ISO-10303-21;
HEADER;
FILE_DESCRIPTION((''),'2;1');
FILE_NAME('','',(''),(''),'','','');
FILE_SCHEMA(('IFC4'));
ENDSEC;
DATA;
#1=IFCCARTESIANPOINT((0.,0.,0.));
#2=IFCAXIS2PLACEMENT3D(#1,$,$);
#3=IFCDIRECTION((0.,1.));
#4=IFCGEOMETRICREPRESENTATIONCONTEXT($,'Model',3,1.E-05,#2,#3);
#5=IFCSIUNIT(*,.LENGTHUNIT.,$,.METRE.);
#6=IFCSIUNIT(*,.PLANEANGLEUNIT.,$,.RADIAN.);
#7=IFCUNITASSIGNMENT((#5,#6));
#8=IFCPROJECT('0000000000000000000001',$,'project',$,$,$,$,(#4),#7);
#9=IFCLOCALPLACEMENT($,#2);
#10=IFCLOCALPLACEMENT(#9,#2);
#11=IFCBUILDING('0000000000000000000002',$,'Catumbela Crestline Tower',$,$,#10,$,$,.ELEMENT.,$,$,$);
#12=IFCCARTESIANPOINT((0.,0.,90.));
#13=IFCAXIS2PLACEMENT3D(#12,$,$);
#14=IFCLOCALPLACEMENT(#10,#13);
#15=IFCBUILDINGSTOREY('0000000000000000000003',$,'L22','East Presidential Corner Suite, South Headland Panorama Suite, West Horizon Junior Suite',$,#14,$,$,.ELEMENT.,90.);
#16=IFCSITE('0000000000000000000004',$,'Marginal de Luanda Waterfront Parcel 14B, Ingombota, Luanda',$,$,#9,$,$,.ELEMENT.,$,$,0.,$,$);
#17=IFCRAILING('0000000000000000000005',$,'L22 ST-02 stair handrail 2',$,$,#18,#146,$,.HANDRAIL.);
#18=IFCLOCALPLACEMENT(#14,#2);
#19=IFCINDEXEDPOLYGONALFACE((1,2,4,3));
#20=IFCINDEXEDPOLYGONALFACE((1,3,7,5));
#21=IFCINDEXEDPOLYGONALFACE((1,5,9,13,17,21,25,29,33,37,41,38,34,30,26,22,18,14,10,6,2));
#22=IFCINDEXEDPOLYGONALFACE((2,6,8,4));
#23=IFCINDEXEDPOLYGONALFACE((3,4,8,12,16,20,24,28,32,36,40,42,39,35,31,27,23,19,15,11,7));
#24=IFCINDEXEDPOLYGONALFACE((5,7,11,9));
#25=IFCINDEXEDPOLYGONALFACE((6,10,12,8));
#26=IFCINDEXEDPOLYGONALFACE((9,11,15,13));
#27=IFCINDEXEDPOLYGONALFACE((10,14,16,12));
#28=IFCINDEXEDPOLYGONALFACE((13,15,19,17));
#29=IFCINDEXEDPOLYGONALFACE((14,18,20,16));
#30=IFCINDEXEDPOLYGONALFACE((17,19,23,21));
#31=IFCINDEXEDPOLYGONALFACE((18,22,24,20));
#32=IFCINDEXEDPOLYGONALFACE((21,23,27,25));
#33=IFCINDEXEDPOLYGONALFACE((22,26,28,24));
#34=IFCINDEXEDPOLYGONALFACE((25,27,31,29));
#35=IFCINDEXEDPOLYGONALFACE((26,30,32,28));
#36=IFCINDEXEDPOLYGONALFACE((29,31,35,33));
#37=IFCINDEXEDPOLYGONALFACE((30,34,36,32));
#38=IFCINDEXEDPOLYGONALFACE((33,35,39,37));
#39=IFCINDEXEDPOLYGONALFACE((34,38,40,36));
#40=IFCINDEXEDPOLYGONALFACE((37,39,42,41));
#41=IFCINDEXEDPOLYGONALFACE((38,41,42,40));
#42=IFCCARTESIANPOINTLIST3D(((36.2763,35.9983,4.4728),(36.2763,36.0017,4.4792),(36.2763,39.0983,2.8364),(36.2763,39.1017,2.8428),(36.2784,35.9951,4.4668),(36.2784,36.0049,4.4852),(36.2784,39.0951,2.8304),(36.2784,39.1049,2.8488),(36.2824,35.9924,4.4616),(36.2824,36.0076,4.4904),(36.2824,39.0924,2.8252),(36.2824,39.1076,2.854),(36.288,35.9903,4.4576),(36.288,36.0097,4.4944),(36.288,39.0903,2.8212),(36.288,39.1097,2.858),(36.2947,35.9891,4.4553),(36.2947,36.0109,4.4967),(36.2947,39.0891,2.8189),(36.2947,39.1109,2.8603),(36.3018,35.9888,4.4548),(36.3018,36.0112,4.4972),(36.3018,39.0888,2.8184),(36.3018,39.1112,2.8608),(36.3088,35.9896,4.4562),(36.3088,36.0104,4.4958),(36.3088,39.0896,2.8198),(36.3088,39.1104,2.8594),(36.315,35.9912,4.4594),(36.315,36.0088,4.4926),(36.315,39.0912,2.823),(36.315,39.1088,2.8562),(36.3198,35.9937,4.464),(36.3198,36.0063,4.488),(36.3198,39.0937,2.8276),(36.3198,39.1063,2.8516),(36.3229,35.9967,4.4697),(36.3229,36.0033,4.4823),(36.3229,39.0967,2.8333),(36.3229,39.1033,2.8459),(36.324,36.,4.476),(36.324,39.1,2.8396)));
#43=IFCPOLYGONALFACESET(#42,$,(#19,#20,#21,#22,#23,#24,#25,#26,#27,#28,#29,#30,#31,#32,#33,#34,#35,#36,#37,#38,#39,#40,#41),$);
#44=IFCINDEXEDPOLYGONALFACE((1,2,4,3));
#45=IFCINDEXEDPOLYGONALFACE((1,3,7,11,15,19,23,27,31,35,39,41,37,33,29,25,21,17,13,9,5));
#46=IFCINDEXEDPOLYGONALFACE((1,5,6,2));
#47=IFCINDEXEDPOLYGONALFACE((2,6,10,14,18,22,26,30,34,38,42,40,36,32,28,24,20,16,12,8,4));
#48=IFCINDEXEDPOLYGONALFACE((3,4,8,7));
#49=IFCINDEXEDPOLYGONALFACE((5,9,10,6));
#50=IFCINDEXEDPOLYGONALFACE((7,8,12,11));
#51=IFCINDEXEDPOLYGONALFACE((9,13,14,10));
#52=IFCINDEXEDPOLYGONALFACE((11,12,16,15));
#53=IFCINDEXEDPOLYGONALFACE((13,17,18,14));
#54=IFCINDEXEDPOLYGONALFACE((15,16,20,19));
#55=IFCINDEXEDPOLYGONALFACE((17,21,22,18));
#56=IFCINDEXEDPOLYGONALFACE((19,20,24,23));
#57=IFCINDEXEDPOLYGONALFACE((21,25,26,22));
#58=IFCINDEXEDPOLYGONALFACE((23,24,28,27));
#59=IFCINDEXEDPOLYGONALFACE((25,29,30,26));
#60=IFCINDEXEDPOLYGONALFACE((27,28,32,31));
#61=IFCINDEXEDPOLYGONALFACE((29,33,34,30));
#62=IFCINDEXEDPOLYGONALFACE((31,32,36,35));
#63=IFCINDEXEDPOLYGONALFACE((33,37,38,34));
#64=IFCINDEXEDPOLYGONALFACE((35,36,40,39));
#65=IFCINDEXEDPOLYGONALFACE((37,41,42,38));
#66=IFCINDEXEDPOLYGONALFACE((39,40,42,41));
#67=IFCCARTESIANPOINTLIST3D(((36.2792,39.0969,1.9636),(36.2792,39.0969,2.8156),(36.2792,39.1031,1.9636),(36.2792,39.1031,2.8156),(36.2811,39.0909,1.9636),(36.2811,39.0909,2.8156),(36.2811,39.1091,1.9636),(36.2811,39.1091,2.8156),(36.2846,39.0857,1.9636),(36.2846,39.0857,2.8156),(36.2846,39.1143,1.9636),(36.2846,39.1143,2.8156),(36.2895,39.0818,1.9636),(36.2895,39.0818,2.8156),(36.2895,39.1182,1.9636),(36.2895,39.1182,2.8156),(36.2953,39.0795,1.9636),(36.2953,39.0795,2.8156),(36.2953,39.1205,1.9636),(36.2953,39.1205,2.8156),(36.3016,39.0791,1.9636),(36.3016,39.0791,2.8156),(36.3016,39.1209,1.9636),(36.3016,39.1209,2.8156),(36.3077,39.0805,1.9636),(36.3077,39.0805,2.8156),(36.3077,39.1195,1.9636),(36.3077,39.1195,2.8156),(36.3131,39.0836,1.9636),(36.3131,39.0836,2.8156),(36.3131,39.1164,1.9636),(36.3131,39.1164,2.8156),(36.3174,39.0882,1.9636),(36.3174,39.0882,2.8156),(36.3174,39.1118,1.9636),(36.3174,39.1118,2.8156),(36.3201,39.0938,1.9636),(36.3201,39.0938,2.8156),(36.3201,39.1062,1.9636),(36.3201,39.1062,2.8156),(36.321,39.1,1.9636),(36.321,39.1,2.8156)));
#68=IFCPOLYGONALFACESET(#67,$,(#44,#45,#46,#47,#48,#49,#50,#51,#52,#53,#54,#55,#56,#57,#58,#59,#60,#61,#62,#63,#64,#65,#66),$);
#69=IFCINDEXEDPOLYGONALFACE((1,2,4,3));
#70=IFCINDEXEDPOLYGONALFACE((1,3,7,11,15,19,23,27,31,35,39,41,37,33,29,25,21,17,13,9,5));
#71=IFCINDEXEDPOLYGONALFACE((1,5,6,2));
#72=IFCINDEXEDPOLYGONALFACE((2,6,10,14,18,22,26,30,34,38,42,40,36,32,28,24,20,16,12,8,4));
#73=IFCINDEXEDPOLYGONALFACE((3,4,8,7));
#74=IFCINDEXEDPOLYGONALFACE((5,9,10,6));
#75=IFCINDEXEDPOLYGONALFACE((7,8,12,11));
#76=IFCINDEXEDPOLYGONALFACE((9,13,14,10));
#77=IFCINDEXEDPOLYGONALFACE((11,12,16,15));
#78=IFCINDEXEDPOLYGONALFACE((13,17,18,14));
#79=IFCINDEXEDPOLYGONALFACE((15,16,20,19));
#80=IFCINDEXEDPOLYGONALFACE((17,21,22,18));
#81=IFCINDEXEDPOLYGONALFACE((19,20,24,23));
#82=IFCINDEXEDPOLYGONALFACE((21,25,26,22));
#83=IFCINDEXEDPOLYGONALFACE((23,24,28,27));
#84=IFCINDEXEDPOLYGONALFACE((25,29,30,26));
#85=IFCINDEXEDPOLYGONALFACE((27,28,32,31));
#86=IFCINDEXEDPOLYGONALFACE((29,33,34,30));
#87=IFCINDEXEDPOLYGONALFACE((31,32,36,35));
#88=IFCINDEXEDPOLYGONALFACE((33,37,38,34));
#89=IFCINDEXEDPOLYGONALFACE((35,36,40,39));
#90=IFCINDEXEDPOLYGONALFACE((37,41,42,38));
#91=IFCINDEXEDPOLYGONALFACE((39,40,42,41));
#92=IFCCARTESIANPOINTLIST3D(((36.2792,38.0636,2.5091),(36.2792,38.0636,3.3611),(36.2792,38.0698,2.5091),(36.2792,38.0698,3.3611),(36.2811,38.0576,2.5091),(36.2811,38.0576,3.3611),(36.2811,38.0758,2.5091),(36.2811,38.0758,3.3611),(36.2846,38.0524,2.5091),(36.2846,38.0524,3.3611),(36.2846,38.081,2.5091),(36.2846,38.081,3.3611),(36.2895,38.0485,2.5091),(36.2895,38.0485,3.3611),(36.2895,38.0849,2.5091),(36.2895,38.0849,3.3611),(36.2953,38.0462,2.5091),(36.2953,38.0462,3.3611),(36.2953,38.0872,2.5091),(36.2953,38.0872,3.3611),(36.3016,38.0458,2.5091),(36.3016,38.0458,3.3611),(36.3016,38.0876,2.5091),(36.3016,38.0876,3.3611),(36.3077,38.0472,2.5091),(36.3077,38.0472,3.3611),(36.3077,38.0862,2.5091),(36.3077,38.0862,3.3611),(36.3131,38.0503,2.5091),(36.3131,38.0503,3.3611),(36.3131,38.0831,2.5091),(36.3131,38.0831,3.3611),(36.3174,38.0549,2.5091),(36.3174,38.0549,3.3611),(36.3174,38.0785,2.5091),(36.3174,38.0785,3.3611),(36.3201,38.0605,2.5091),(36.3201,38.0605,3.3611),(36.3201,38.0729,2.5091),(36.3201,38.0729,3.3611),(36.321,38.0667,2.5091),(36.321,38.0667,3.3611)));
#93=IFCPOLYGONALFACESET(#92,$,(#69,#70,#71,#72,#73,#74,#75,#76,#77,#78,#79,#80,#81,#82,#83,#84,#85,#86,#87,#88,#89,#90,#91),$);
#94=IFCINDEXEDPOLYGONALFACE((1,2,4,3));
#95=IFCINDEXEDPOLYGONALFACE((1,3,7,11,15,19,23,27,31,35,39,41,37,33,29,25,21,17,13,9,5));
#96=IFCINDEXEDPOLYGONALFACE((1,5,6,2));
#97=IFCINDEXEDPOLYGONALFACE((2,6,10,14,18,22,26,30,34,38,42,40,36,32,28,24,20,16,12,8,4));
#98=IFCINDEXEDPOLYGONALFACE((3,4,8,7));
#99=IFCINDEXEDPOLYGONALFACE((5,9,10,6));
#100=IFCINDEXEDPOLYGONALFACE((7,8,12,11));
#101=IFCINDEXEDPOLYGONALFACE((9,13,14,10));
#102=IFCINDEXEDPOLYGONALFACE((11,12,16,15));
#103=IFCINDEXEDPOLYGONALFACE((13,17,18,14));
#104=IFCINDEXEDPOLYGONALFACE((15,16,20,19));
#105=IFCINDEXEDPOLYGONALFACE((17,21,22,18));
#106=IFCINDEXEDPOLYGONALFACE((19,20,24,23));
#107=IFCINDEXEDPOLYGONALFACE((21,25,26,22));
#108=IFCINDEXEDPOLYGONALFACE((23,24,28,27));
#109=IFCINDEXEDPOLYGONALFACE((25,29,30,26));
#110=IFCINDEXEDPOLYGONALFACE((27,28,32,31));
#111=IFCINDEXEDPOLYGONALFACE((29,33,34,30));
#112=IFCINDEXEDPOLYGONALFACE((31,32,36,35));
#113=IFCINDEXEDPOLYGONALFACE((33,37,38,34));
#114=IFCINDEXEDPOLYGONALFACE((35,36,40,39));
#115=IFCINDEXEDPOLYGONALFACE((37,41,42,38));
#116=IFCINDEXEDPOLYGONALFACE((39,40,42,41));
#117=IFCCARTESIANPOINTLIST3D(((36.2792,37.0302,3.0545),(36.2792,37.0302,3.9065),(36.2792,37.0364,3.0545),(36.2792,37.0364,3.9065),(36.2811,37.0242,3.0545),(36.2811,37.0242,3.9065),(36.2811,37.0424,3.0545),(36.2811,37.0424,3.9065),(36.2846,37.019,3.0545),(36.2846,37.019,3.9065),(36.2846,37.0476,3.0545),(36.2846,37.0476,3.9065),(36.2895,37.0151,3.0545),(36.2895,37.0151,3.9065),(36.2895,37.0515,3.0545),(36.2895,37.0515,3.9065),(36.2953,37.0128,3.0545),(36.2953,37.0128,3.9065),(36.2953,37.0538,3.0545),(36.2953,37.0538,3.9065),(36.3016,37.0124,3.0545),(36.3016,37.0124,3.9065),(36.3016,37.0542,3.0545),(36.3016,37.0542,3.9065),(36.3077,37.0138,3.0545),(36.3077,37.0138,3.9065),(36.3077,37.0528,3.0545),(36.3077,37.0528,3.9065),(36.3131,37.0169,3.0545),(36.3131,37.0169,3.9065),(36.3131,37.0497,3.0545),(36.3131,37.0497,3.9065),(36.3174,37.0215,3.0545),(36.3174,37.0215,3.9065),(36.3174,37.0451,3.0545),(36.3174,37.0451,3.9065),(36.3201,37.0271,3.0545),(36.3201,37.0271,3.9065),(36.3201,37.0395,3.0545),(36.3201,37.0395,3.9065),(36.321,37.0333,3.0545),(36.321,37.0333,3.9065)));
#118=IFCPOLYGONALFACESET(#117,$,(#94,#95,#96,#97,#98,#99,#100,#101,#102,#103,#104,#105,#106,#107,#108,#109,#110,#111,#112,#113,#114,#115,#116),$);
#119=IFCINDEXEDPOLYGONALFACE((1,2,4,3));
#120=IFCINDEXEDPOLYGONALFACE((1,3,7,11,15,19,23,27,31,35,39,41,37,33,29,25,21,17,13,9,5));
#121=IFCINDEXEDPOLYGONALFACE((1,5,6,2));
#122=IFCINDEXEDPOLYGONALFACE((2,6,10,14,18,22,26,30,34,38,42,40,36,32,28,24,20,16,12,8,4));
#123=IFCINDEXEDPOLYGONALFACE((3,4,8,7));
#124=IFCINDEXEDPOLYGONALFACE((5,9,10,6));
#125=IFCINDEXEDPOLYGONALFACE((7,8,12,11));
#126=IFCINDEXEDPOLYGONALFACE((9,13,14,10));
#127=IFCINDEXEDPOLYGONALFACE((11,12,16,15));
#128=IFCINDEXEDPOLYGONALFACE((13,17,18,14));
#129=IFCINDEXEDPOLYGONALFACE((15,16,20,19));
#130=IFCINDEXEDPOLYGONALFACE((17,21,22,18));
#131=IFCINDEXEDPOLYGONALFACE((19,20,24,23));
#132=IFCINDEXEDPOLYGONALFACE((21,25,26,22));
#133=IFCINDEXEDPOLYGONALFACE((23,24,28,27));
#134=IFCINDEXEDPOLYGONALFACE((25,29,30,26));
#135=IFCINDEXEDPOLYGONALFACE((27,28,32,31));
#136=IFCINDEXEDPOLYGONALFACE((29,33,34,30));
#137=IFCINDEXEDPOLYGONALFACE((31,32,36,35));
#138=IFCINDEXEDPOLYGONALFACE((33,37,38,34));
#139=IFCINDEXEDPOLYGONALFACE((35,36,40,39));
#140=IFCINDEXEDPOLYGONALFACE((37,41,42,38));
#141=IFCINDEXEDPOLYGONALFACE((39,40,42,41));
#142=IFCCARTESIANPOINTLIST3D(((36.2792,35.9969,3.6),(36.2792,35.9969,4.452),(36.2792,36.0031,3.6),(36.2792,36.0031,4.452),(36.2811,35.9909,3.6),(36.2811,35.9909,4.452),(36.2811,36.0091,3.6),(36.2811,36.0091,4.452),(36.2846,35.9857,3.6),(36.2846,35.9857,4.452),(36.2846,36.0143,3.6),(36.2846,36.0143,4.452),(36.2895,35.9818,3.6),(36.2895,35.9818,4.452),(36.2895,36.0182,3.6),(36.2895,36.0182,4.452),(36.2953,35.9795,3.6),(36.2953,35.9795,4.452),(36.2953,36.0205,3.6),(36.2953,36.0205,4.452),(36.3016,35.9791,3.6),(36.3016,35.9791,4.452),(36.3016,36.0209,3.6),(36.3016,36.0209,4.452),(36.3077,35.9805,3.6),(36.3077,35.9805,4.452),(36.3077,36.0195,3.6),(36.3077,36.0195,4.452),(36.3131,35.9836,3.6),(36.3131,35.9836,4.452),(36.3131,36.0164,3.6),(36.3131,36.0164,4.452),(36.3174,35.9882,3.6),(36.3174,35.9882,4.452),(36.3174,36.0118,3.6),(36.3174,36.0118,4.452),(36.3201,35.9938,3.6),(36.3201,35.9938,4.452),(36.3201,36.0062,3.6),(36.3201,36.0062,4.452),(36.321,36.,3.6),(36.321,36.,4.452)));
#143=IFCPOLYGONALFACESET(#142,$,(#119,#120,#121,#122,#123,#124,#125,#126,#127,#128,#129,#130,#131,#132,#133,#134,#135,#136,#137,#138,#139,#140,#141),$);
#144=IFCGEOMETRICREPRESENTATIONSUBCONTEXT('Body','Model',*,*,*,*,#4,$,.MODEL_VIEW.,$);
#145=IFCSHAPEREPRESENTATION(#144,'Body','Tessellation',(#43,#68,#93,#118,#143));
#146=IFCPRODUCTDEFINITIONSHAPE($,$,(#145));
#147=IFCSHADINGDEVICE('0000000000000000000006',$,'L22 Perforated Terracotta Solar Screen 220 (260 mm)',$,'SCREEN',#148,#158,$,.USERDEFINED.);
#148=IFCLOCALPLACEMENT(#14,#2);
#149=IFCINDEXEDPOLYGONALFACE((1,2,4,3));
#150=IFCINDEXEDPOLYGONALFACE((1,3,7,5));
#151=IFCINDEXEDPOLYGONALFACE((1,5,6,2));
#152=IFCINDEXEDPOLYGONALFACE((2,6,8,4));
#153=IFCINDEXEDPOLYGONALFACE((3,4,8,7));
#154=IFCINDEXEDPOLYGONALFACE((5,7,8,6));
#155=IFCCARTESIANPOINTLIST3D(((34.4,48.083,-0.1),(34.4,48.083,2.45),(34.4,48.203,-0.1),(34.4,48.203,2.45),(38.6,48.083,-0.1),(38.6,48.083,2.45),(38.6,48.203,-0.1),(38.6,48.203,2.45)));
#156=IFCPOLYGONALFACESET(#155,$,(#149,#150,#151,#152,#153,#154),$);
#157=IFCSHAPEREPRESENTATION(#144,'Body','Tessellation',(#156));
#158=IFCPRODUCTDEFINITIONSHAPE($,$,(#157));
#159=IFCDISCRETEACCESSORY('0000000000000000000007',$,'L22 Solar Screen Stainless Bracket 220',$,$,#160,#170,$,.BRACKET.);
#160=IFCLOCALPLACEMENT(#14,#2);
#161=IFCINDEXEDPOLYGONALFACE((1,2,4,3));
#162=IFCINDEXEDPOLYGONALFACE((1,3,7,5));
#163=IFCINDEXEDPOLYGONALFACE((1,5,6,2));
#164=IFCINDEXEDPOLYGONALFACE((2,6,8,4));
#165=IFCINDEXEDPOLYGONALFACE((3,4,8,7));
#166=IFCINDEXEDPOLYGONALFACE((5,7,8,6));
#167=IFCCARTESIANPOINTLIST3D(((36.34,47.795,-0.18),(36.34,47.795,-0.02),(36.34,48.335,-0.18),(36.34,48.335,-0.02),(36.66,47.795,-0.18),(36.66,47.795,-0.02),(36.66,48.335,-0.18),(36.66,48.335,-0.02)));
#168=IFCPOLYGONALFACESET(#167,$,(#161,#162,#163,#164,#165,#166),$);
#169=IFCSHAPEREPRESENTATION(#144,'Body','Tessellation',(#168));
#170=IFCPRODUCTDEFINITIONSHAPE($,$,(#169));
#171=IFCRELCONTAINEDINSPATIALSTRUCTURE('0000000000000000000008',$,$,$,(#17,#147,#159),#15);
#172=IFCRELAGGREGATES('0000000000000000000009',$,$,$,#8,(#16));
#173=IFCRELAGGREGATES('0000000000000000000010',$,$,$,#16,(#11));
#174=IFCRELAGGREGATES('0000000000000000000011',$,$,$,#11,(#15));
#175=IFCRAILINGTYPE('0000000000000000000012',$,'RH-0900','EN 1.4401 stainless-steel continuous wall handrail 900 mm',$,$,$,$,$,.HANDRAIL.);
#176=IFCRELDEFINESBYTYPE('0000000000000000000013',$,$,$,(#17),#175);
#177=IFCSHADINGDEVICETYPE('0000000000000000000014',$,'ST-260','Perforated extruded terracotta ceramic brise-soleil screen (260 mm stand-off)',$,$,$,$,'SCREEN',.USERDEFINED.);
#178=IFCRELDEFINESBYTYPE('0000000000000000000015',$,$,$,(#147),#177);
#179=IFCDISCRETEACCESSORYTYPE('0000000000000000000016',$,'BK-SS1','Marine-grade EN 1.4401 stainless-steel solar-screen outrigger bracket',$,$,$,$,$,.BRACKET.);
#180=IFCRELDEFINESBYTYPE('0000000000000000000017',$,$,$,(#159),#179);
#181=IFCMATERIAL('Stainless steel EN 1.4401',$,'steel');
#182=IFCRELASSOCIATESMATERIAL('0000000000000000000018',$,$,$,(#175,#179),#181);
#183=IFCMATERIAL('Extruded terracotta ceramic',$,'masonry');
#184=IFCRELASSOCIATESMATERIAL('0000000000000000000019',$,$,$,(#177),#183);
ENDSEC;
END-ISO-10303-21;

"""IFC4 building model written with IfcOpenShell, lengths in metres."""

from ifc_helpers import new_model, si_unit, direction, frame, origin, origin_2d, place, context, subcontext, project, spatial, rectangle, circle, extrude, material, type_object, element, save


model = new_model("IFC4")

# Units and contexts
model_context = context("Model", 3, precision=1e-05, world=origin(), true_north=direction((0.0, 1.0)))
body_context = subcontext(model_context, "Body", "Model", "MODEL_VIEW")
ifc_project = project(units=[si_unit("LENGTHUNIT", "METRE"), si_unit("PLANEANGLEUNIT", "RADIAN")], contexts=[model_context])

# Site, building, storey
site_placement = place(None, origin())
site = spatial("IfcSite", under=ifc_project, at=site_placement, Name="Marginal de Luanda Waterfront Parcel 14B, Ingombota, Luanda", CompositionType="ELEMENT", RefElevation=0.0)
building_placement = place(site_placement, origin())
building = spatial("IfcBuilding", under=site, at=building_placement, Name="Catumbela Crestline Tower", CompositionType="ELEMENT")
storey_placement = place(building_placement, frame((0.0, 0.0, 90.0)))
storey = spatial("IfcBuildingStorey", under=building, at=storey_placement, Name="L22", Description="East Presidential Corner Suite, South Headland Panorama Suite, West Horizon Junior Suite", CompositionType="ELEMENT", Elevation=90.0)

# Shared definitions
ifc_material_1 = material(Name="Stainless steel EN 1.4401", Category="steel")

# Shared definitions
ifc_material_2 = material(Name="Extruded terracotta ceramic", Category="masonry")

# Railing
railing_type_1 = type_object("IfcRailingType", Name="RH-0900", Description="EN 1.4401 stainless-steel continuous wall handrail 900 mm", PredefinedType="HANDRAIL", material=ifc_material_1)
railing_1_placement = place(storey_placement, frame((36.3, 39.1, 1.9636)))
element("IfcRailing", 1, at=railing_1_placement, inside=storey, type_object=railing_type_1, Name="L22 ST-02 stair handrail 2", PredefinedType="HANDRAIL", context=body_context, shape_type="SweptSolid", body=[
    extrude(circle(Radius=0.024, at=origin_2d()), frame((0.0, 0.0, 0.876), z_axis=(0.0, -0.884351, 0.466823), x_axis=(1.0, 0.0, 0.0)), (0.0, 0.0, 1.0), 3.5054),
    extrude(circle(Radius=0.021, at=origin_2d()), origin(), (0.0, 0.0, 1.0), 0.852),
    extrude(circle(Radius=0.021, at=origin_2d()), frame((0.0, -1.0333, 0.5455)), (0.0, 0.0, 1.0), 0.852),
    extrude(circle(Radius=0.021, at=origin_2d()), frame((0.0, -2.0667, 1.0909)), (0.0, 0.0, 1.0), 0.852),
    extrude(circle(Radius=0.021, at=origin_2d()), frame((0.0, -3.1, 1.6364)), (0.0, 0.0, 1.0), 0.852),
])

# Shading device
shading_device_type = type_object("IfcShadingDeviceType", Name="ST-260", Description="Perforated extruded terracotta ceramic brise-soleil screen (260 mm stand-off)", ElementType="SCREEN", PredefinedType="USERDEFINED", material=ifc_material_2)
shading_device_placement = place(storey_placement, frame((36.5, 48.143, -0.1), z_axis=(0.0, 0.0, 1.0), x_axis=(-1.0, 0.0, 0.0)))
element("IfcShadingDevice", 2, at=shading_device_placement, inside=storey, type_object=shading_device_type, Name="L22 Perforated Terracotta Solar Screen 220 (260 mm)", ObjectType="SCREEN", PredefinedType="USERDEFINED", context=body_context, shape_type="SweptSolid", body=[
    extrude(rectangle(XDim=4.2, YDim=0.12, at=origin_2d()), origin(), (0.0, 0.0, 1.0), 2.55),
])

# Discrete accessory
discrete_accessory_type = type_object("IfcDiscreteAccessoryType", Name="BK-SS1", Description="Marine-grade EN 1.4401 stainless-steel solar-screen outrigger bracket", PredefinedType="BRACKET", material=ifc_material_1)
discrete_accessory_placement = place(storey_placement, frame((36.5, 48.065, -0.18), z_axis=(0.0, 0.0, 1.0), x_axis=(-1.0, 0.0, 0.0)))
element("IfcDiscreteAccessory", 3, at=discrete_accessory_placement, inside=storey, type_object=discrete_accessory_type, Name="L22 Solar Screen Stainless Bracket 220", PredefinedType="BRACKET", context=body_context, shape_type="SweptSolid", body=[
    extrude(rectangle(XDim=0.32, YDim=0.54, at=origin_2d()), origin(), (0.0, 0.0, 1.0), 0.16),
])

save(model, "model.ifc")
